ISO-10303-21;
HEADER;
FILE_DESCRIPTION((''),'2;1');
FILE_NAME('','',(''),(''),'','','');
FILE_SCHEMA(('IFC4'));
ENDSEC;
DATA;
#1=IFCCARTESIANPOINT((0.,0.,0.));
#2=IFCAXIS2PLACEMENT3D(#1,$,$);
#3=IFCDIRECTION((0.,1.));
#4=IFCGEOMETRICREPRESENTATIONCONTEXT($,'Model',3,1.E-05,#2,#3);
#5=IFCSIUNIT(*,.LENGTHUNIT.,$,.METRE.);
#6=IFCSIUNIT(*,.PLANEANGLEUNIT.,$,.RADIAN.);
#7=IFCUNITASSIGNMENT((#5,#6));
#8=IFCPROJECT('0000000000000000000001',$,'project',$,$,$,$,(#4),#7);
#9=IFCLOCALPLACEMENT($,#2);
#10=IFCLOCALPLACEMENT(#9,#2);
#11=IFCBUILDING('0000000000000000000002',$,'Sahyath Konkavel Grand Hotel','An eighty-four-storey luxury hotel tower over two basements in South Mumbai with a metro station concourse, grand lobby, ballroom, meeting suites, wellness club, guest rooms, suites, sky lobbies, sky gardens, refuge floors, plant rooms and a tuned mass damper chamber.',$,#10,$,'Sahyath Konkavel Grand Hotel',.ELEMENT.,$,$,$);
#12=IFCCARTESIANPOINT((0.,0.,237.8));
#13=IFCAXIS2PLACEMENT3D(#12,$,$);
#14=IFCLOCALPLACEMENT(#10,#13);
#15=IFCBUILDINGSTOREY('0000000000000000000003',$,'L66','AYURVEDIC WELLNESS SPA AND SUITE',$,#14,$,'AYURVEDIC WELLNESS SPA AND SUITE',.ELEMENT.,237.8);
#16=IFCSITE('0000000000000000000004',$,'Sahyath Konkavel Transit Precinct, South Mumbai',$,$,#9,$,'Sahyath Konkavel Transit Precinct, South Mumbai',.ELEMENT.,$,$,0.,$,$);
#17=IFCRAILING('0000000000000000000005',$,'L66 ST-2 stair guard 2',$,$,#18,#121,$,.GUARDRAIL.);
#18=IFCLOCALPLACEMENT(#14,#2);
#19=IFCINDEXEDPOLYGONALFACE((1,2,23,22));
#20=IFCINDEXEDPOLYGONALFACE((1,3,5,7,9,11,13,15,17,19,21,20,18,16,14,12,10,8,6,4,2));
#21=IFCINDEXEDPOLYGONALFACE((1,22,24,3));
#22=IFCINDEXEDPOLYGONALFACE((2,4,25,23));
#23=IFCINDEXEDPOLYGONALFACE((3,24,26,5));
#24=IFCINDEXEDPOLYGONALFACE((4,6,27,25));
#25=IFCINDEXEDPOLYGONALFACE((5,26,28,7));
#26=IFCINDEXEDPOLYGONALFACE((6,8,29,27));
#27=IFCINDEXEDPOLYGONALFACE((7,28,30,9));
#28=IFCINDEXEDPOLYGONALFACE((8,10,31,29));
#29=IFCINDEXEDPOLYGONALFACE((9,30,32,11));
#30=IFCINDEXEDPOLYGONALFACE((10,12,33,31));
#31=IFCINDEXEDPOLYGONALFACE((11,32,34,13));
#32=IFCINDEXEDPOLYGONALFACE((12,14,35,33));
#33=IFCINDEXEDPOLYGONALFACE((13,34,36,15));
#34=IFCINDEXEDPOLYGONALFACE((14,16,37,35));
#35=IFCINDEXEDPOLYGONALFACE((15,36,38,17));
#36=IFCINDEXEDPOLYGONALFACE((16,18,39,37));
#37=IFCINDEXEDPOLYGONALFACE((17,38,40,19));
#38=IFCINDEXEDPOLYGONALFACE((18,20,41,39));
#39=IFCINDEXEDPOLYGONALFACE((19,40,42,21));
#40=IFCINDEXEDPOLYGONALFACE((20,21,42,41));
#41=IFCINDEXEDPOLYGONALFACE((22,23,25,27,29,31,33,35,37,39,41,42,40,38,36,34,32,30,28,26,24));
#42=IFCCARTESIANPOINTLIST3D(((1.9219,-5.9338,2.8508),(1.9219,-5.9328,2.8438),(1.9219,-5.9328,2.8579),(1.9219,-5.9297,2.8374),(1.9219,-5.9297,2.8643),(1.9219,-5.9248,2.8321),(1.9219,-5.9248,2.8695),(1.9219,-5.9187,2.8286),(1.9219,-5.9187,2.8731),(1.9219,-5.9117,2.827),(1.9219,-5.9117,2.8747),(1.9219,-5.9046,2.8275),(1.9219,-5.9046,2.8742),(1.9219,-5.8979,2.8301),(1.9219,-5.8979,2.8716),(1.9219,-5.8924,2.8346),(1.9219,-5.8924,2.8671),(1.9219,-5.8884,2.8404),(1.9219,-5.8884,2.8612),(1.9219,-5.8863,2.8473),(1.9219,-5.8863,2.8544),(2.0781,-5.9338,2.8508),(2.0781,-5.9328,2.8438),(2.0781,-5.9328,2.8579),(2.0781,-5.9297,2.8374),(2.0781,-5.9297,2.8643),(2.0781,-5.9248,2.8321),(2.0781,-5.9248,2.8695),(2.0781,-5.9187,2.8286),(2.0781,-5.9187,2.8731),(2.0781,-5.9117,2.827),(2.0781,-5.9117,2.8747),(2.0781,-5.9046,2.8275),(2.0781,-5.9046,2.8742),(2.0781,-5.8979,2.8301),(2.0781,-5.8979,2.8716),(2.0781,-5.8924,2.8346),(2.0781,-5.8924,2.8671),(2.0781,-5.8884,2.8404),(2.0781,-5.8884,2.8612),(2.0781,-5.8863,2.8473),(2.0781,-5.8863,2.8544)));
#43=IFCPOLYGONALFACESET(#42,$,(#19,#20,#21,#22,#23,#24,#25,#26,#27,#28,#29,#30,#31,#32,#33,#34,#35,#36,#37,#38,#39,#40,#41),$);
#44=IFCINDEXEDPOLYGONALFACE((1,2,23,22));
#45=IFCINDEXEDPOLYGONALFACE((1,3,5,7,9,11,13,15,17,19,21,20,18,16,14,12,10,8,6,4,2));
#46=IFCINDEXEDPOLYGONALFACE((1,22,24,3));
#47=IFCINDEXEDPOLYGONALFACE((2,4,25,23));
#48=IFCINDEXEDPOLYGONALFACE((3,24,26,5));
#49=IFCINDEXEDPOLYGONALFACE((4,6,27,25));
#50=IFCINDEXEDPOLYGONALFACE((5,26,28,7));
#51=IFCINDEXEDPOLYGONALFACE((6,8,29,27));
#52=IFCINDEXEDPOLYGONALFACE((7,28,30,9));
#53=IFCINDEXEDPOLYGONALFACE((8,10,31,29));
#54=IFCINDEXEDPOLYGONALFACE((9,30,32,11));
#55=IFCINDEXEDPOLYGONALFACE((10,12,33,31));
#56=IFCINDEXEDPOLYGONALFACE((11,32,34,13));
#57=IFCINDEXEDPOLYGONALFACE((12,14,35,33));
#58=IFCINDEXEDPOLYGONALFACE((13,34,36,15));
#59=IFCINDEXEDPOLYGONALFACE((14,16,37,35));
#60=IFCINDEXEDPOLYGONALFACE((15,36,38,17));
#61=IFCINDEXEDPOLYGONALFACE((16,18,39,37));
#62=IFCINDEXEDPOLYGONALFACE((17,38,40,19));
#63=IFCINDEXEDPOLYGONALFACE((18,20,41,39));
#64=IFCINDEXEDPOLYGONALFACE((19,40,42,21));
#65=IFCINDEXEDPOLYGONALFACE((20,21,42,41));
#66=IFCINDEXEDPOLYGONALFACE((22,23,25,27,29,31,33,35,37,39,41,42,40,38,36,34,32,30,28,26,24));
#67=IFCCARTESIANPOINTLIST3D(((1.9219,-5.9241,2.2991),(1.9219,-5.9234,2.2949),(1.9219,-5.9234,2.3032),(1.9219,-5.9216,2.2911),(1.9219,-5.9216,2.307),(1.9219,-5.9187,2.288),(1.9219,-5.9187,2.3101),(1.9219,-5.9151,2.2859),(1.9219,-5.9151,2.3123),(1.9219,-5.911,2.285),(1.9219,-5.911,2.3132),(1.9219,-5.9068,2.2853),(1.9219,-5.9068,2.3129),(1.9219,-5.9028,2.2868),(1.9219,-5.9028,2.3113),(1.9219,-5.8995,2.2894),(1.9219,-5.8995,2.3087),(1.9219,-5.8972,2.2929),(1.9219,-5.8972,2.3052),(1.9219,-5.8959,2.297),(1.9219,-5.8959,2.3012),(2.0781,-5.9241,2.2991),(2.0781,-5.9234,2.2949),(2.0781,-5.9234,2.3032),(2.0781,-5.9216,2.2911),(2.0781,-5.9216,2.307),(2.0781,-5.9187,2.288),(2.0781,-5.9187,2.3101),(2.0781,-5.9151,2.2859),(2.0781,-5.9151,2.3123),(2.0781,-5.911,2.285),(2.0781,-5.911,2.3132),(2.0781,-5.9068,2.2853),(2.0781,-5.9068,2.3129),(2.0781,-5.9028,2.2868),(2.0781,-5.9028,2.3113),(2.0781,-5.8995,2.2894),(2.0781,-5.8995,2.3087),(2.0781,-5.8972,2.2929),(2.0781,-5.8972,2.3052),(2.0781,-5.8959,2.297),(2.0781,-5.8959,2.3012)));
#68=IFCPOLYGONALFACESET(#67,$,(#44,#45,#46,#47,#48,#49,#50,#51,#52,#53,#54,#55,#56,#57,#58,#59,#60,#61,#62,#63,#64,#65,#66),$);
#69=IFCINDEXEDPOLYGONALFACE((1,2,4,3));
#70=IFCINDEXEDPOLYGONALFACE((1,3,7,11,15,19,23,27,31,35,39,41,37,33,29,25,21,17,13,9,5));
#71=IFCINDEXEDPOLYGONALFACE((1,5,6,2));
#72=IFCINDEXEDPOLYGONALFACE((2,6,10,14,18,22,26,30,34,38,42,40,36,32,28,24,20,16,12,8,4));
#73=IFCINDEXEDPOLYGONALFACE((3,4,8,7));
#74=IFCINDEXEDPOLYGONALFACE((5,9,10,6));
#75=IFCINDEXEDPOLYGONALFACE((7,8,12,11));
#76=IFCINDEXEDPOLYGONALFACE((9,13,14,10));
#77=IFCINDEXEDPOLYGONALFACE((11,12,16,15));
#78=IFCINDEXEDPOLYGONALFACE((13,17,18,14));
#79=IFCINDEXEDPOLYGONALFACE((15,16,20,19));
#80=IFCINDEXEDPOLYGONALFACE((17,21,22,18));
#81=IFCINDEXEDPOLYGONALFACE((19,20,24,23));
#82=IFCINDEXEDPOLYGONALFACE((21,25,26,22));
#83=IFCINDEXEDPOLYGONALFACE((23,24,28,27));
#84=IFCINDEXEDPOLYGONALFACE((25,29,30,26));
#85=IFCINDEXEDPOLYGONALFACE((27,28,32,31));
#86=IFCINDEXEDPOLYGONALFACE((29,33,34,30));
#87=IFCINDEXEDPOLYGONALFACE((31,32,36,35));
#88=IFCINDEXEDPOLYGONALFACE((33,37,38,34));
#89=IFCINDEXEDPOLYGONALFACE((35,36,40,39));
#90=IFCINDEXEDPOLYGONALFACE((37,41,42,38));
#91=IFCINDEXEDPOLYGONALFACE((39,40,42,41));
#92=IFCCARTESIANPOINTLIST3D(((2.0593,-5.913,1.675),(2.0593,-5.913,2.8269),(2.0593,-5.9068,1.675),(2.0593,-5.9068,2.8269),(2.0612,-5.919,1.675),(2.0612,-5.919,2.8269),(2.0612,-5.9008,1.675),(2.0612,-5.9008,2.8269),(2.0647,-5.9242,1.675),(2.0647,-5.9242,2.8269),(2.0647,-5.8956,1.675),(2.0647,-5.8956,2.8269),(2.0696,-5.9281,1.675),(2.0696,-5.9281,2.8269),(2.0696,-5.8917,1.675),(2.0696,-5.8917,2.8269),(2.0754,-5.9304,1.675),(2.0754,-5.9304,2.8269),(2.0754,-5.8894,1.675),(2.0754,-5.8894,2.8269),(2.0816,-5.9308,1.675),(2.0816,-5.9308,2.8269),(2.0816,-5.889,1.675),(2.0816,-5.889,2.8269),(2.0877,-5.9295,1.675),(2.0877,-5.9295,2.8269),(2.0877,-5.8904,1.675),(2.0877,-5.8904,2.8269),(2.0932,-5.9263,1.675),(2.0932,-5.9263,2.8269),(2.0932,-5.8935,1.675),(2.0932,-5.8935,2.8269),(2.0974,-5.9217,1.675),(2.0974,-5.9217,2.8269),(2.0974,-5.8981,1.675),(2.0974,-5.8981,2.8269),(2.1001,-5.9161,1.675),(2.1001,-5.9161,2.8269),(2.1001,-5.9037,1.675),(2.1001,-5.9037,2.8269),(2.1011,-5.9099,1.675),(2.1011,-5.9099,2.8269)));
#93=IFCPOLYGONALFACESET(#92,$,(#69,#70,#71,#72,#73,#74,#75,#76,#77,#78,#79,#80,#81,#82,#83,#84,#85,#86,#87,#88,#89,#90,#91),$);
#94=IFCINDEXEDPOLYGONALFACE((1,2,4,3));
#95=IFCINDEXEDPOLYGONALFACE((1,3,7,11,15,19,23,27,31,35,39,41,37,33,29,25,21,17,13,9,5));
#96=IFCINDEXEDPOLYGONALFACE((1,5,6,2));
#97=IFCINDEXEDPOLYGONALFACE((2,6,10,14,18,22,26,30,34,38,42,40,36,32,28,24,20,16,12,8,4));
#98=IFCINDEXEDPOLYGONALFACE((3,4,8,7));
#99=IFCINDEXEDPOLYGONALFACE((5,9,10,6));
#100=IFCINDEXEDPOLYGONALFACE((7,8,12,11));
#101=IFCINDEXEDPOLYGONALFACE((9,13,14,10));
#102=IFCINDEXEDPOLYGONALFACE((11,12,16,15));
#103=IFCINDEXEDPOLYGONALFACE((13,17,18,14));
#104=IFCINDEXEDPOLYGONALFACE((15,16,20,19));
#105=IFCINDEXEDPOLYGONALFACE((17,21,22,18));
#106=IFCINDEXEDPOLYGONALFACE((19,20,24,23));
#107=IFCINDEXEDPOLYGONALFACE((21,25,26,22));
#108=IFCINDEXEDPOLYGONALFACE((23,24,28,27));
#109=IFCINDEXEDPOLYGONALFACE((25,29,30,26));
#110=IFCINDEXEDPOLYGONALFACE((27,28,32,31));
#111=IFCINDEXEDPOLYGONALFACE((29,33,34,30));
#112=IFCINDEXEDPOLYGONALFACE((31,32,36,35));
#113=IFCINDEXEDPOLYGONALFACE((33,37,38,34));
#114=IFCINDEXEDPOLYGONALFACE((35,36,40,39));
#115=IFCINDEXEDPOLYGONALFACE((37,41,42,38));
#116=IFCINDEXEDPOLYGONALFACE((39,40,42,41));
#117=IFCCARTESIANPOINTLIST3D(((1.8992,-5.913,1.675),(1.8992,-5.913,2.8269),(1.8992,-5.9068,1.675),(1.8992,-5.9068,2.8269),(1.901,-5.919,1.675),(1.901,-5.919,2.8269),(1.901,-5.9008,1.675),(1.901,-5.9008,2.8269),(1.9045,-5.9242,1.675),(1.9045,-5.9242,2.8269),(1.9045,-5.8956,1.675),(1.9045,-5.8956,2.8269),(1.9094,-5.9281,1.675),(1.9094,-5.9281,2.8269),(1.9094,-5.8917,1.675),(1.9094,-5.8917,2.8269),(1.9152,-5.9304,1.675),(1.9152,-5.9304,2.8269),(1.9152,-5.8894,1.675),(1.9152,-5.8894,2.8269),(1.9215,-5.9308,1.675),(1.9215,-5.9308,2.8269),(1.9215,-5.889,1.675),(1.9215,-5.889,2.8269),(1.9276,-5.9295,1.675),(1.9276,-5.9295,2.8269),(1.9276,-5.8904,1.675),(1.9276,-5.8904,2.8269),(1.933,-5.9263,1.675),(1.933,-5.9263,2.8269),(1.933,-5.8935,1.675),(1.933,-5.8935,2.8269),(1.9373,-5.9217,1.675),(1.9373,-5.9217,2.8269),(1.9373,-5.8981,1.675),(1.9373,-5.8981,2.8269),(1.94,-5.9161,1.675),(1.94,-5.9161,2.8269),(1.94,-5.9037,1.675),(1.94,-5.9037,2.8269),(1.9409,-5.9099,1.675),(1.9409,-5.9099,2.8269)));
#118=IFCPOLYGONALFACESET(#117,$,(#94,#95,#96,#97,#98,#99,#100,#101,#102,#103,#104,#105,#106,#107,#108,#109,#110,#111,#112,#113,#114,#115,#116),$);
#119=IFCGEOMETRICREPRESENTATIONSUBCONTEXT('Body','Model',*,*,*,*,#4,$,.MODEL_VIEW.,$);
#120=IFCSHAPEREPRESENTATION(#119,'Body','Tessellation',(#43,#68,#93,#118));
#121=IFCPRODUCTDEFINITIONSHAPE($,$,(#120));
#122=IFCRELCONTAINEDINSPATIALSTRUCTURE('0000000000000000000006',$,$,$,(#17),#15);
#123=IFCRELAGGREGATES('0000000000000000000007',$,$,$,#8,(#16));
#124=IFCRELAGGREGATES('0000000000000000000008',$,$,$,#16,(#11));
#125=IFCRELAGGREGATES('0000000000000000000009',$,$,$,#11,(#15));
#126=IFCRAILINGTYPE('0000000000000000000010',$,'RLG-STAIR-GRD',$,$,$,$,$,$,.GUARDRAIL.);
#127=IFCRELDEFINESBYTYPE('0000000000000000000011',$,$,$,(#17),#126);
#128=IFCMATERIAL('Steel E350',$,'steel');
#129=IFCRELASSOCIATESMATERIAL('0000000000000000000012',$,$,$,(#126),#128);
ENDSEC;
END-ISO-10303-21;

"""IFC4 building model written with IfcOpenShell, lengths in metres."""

from ifc_helpers import new_model, si_unit, direction, frame, origin, origin_2d, place, context, subcontext, project, spatial, circle, extrude, material, type_object, element, save


model = new_model("IFC4")

# Units and contexts
model_context = context("Model", 3, precision=1e-05, world=origin(), true_north=direction((0.0, 1.0)))
body_context = subcontext(model_context, "Body", "Model", "MODEL_VIEW")
ifc_project = project(units=[si_unit("LENGTHUNIT", "METRE"), si_unit("PLANEANGLEUNIT", "RADIAN")], contexts=[model_context])

# Site, building, storey
site_placement = place(None, origin())
site = spatial("IfcSite", under=ifc_project, at=site_placement, Name="Sahyath Konkavel Transit Precinct, South Mumbai", LongName="Sahyath Konkavel Transit Precinct, South Mumbai", CompositionType="ELEMENT", RefElevation=0.0)
building_placement = place(site_placement, origin())
building = spatial("IfcBuilding", under=site, at=building_placement, Name="Sahyath Konkavel Grand Hotel", Description="An eighty-four-storey luxury hotel tower over two basements in South Mumbai with a metro station concourse, grand lobby, ballroom, meeting suites, wellness club, guest rooms, suites, sky lobbies, sky gardens, refuge floors, plant rooms and a tuned mass damper chamber.", LongName="Sahyath Konkavel Grand Hotel", CompositionType="ELEMENT")
storey_placement = place(building_placement, frame((0.0, 0.0, 237.8)))
storey = spatial("IfcBuildingStorey", under=building, at=storey_placement, Name="L66", Description="AYURVEDIC WELLNESS SPA AND SUITE", LongName="AYURVEDIC WELLNESS SPA AND SUITE", CompositionType="ELEMENT", Elevation=237.8)

# Shared definitions
ifc_material_1 = material(Name="Steel E350", Category="steel")

# Railing
railing_type_1 = type_object("IfcRailingType", Name="RLG-STAIR-GRD", PredefinedType="GUARDRAIL", material=ifc_material_1)
railing_1_placement = place(storey_placement, frame((2.0801, -5.9099, 1.675)))
element("IfcRailing", 1, at=railing_1_placement, inside=storey, type_object=railing_type_1, Name="L66 ST-2 stair guard 2", PredefinedType="GUARDRAIL", context=body_context, shape_type="SweptSolid", body=[
    extrude(circle(Radius=0.0239, at=origin_2d()), frame((-0.002, 0.0, 1.1758), z_axis=(-1.0, 0.0, 0.0), x_axis=(0.0, -1.0, 0.0)), (0.0, 0.0, 1.0), 0.1562),
    extrude(circle(Radius=0.0142, at=origin_2d()), frame((-0.002, 0.0, 0.624), z_axis=(-1.0, 0.0, 0.0), x_axis=(0.0, -1.0, 0.0)), (0.0, 0.0, 1.0), 0.1562),
    extrude(circle(Radius=0.021, at=origin_2d()), origin(), (0.0, 0.0, 1.0), 1.1519),
    extrude(circle(Radius=0.021, at=origin_2d()), frame((-0.1602, 0.0, 0.0)), (0.0, 0.0, 1.0), 1.1519),
])

save(model, "model.ifc")
